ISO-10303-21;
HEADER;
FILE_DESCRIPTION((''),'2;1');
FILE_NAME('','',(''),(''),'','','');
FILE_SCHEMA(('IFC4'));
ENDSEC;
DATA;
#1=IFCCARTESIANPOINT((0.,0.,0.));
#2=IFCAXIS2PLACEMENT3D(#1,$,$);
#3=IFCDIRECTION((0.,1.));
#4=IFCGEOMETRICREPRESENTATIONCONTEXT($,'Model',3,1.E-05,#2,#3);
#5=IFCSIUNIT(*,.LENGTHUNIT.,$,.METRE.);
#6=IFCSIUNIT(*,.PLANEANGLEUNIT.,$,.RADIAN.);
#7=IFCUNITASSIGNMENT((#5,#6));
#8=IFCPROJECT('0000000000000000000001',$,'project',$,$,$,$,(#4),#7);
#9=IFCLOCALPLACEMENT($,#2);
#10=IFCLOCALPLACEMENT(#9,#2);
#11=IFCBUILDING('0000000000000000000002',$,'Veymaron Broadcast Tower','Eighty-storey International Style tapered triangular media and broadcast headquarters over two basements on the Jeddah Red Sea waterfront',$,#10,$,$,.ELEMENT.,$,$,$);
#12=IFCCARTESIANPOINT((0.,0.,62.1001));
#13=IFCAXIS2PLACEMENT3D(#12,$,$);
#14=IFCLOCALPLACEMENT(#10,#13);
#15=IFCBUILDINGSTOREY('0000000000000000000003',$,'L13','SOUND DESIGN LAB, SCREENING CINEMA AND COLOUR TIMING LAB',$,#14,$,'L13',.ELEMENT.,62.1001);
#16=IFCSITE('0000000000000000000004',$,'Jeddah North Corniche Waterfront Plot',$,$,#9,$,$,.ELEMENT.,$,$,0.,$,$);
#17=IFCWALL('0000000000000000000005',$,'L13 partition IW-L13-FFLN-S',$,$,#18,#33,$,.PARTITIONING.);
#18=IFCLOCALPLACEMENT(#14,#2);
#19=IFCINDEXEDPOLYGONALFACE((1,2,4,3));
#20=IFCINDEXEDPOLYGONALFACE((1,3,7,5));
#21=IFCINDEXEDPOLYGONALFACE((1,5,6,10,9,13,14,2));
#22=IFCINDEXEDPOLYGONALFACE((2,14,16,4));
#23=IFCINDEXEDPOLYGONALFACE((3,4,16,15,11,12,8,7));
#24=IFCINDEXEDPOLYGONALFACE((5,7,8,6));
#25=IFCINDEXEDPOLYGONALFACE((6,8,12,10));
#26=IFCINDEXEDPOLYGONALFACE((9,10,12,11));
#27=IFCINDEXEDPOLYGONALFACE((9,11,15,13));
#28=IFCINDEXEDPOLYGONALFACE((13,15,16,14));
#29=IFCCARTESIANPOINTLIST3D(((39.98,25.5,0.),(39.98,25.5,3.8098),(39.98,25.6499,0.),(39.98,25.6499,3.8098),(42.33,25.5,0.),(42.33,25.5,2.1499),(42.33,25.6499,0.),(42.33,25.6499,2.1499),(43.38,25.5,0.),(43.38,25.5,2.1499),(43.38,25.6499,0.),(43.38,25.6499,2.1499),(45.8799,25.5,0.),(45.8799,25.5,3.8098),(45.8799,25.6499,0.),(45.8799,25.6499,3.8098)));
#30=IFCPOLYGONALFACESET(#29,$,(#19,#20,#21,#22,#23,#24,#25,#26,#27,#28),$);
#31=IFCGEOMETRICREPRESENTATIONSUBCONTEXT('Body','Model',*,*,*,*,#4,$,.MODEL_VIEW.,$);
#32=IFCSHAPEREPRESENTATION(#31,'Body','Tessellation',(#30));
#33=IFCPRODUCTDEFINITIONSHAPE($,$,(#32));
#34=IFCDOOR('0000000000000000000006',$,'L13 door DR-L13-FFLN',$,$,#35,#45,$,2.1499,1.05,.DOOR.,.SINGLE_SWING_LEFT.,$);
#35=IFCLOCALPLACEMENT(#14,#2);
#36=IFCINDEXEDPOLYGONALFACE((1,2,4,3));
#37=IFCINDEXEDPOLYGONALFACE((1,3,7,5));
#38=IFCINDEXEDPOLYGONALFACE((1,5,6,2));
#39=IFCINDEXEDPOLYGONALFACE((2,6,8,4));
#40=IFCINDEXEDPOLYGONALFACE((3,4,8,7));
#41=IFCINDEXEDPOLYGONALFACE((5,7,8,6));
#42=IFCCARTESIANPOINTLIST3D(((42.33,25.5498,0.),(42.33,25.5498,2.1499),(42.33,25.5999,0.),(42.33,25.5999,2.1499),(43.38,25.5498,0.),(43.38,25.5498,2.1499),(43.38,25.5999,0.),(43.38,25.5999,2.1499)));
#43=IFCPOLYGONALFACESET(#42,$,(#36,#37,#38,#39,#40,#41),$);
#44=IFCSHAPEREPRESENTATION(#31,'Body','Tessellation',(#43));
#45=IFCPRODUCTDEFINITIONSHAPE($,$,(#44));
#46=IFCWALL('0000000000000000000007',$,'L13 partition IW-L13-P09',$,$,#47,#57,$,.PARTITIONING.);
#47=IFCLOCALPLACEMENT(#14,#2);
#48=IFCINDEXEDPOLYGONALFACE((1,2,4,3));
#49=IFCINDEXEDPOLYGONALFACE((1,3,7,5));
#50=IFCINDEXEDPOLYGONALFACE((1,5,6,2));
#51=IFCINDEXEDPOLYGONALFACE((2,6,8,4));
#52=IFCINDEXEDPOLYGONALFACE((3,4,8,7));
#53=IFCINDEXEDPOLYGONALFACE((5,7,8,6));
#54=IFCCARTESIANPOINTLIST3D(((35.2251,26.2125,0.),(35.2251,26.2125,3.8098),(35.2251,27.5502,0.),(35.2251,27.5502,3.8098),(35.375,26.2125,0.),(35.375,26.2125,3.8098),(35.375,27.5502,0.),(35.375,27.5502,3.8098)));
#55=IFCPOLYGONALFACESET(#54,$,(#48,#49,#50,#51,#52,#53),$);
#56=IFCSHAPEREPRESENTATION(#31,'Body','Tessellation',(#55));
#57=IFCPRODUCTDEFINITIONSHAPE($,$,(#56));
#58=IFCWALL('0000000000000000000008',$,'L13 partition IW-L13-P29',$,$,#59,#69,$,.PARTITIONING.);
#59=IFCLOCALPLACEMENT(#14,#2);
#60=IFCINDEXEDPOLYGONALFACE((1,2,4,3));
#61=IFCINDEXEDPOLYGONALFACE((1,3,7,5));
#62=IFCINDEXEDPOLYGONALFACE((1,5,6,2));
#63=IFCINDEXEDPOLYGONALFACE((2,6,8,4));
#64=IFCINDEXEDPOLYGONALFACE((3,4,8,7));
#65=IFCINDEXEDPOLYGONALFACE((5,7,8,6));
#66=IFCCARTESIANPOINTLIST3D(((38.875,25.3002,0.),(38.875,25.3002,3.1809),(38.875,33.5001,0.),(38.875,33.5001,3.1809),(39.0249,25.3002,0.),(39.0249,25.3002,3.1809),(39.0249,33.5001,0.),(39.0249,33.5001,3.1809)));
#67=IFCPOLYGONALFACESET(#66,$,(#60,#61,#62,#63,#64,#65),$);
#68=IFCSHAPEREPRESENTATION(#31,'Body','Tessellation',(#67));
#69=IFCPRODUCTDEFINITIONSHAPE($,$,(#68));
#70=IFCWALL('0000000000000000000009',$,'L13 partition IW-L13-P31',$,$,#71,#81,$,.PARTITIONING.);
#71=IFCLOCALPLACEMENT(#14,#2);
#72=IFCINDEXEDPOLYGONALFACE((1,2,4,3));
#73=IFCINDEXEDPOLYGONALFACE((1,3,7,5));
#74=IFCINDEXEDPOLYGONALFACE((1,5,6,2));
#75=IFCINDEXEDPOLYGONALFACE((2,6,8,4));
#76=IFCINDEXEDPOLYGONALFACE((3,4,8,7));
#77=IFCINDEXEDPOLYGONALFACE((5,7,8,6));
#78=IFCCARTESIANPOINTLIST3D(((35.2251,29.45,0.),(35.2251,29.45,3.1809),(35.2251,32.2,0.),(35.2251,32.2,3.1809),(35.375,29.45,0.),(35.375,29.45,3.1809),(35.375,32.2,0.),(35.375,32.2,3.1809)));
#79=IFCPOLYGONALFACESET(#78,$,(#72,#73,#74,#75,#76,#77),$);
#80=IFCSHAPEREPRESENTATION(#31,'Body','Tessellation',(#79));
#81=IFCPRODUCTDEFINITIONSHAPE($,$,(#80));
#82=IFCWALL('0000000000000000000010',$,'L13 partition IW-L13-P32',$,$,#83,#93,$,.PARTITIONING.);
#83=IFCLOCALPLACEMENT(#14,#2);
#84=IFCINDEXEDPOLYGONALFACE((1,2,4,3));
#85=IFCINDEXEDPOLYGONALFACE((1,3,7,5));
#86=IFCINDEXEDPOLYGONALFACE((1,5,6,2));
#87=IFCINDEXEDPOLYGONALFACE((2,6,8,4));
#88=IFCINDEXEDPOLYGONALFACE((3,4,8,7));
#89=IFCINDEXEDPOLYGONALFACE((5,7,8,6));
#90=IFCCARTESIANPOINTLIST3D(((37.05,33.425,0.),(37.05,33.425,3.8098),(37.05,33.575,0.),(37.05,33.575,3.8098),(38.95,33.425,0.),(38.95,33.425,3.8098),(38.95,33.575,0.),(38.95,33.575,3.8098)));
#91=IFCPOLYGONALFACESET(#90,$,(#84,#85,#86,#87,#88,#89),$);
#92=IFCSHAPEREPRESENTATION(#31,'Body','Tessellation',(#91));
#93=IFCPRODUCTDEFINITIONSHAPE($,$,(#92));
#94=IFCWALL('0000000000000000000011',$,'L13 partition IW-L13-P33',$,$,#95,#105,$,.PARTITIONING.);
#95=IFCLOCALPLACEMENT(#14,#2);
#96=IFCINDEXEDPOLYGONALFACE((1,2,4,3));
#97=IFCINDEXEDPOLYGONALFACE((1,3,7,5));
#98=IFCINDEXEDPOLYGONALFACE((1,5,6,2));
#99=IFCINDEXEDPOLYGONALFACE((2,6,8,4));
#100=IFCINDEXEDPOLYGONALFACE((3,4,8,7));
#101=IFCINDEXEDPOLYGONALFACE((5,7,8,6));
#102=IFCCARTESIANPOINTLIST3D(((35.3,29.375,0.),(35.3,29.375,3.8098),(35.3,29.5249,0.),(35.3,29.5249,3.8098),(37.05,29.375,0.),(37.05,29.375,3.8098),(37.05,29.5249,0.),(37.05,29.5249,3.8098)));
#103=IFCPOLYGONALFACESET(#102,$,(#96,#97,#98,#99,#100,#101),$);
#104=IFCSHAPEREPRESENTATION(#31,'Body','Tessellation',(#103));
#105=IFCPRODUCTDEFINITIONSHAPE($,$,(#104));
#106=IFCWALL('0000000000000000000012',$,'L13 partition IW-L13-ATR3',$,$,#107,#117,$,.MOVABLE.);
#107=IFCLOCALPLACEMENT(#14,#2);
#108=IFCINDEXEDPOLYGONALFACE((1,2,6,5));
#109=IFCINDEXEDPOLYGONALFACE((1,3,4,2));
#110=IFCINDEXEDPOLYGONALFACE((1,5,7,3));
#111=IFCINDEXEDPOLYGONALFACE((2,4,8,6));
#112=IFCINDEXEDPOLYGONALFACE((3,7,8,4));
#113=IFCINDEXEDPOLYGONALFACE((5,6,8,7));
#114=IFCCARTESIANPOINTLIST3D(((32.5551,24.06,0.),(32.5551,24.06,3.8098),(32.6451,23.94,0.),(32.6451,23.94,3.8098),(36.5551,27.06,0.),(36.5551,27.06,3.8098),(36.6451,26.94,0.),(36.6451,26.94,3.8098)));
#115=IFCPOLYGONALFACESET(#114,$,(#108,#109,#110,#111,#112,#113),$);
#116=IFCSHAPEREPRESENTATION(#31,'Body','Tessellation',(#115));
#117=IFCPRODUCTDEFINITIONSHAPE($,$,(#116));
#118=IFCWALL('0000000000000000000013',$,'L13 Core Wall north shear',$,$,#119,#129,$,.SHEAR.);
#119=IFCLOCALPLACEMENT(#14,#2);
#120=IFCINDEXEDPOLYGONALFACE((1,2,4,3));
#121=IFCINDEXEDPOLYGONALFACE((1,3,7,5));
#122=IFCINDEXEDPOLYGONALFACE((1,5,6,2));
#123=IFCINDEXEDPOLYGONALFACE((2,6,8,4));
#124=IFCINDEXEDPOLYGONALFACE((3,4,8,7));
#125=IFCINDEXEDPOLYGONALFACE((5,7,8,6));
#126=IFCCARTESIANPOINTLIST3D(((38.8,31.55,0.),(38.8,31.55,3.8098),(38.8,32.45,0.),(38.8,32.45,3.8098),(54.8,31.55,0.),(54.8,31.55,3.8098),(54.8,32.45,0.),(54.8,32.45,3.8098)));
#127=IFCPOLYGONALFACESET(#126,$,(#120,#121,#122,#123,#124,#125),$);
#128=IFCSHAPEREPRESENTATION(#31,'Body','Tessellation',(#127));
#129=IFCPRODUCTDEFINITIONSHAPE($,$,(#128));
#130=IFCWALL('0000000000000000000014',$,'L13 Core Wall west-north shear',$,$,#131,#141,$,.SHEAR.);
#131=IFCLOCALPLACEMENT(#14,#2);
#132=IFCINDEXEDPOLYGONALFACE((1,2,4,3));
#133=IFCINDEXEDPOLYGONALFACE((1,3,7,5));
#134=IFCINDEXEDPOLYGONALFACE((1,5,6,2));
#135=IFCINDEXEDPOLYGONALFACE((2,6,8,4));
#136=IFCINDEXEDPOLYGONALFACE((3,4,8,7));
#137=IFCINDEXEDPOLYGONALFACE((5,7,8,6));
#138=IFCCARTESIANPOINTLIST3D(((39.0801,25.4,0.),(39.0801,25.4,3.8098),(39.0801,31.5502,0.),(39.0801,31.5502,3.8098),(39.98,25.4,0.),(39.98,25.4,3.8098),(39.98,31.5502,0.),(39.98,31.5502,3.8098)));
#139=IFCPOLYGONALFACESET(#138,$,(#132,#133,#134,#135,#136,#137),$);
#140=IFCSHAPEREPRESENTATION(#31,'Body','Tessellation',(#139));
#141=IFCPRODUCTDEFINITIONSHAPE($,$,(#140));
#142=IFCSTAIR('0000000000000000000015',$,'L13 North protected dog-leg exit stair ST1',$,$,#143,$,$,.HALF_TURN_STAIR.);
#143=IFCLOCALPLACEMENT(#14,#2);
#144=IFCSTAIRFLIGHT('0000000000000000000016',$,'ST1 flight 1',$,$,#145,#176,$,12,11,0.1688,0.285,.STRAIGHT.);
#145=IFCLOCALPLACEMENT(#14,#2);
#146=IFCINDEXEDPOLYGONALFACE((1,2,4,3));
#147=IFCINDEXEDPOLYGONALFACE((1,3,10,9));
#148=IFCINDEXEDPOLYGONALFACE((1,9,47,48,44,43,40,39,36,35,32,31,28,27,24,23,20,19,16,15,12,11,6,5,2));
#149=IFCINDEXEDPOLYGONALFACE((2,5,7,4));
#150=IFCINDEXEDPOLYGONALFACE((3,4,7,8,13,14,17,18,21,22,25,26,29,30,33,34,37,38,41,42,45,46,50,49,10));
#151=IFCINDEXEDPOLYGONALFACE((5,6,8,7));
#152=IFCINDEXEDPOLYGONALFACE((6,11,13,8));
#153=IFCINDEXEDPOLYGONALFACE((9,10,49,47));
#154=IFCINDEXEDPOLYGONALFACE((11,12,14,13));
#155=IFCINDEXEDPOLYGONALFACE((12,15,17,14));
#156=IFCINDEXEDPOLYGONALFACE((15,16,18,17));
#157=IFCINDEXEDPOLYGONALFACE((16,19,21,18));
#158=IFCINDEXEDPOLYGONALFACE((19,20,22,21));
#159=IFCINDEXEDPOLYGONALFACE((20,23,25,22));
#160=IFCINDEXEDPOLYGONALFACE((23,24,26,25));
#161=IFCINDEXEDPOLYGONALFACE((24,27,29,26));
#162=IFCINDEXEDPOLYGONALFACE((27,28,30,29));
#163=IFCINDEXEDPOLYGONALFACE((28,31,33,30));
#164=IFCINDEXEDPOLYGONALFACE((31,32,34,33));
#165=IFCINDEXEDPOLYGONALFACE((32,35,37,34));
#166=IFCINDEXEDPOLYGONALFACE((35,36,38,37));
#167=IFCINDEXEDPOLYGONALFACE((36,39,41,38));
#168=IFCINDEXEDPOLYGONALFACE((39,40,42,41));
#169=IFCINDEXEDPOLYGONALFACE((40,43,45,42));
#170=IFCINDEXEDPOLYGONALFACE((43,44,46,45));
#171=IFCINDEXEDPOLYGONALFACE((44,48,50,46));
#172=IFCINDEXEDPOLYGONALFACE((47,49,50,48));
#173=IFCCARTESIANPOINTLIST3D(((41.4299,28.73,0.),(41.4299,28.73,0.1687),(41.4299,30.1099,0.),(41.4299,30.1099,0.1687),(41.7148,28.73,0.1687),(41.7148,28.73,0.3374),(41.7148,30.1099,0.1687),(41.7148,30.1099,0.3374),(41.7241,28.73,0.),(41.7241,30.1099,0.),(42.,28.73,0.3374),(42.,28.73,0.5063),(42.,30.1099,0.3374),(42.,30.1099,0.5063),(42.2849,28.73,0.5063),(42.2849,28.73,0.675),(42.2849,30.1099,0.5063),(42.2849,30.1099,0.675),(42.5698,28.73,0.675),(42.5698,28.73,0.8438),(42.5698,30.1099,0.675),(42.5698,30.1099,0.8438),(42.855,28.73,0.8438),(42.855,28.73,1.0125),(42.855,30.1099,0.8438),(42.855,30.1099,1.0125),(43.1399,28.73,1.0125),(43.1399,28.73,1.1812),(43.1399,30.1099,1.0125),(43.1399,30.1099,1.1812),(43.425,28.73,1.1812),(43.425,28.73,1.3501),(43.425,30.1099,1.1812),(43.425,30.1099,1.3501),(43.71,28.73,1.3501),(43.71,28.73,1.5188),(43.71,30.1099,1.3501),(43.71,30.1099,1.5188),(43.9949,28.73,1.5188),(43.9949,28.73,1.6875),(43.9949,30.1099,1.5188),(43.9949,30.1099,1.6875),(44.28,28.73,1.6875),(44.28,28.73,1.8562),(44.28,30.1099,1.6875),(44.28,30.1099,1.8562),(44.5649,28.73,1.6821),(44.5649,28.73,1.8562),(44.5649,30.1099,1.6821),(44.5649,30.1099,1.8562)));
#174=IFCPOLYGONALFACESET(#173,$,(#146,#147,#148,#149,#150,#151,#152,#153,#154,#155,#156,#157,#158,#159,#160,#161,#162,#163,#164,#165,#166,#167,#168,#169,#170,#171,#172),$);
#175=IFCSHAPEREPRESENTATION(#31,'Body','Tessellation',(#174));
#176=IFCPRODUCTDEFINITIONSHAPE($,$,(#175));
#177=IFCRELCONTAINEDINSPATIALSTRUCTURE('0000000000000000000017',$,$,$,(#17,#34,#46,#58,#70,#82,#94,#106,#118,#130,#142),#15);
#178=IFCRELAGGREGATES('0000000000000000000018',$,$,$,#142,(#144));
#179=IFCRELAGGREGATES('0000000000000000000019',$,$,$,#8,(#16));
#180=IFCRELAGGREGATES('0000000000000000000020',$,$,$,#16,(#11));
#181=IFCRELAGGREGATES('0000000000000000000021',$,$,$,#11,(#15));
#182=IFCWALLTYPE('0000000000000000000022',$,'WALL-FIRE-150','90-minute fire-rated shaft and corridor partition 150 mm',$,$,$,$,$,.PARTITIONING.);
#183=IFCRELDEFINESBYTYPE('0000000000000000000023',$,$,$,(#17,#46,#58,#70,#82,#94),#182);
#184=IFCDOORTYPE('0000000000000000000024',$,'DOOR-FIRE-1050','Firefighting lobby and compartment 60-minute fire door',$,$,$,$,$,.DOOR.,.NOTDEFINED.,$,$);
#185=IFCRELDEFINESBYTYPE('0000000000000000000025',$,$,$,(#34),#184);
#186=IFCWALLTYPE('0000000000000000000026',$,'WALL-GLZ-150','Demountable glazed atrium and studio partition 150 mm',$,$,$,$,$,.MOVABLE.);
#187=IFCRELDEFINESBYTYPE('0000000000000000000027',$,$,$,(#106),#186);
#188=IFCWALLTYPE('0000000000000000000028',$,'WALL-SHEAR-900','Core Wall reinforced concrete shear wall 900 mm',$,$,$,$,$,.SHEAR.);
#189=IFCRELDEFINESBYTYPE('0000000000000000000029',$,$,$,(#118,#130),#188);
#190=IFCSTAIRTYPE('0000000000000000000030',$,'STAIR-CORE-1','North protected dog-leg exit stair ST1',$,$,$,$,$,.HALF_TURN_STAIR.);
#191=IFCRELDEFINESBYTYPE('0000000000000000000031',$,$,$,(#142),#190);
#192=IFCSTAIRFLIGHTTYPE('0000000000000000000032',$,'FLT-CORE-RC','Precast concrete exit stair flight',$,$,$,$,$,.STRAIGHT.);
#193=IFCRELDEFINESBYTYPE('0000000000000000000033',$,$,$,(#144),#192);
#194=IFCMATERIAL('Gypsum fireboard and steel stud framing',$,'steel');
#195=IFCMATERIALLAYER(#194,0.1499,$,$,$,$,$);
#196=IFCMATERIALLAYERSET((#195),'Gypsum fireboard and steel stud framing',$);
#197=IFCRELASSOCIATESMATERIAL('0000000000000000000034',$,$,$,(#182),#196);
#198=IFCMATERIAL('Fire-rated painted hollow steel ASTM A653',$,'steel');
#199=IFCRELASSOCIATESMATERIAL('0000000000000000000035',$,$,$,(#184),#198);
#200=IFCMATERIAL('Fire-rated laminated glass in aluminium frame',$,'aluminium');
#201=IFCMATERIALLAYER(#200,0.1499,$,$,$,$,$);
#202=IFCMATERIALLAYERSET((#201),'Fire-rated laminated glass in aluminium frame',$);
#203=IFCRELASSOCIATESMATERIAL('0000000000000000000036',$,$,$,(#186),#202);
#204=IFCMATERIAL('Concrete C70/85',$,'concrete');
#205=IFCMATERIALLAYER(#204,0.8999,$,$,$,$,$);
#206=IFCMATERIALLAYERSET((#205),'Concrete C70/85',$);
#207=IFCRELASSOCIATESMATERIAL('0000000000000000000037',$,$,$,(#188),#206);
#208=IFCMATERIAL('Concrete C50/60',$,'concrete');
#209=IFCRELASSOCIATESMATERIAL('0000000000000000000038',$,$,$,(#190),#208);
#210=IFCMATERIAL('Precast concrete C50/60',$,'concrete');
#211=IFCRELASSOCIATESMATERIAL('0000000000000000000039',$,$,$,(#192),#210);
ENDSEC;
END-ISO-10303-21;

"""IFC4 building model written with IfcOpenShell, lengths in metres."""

from ifc_helpers import new_model, si_unit, direction, frame, frame_2d, origin, place, context, subcontext, project, spatial, polyline, rectangle, outline, extrude, material, layer, layer_set, type_object, element, fill, aggregate, save


model = new_model("IFC4")

# Units and contexts
model_context = context("Model", 3, precision=1e-05, world=origin(), true_north=direction((0.0, 1.0)))
body_context = subcontext(model_context, "Body", "Model", "MODEL_VIEW")
ifc_project = project(units=[si_unit("LENGTHUNIT", "METRE"), si_unit("PLANEANGLEUNIT", "RADIAN")], contexts=[model_context])

# Site, building, storey
site_placement = place(None, origin())
site = spatial("IfcSite", under=ifc_project, at=site_placement, Name="Jeddah North Corniche Waterfront Plot", CompositionType="ELEMENT", RefElevation=0.0)
building_placement = place(site_placement, origin())
building = spatial("IfcBuilding", under=site, at=building_placement, Name="Veymaron Broadcast Tower", Description="Eighty-storey International Style tapered triangular media and broadcast headquarters over two basements on the Jeddah Red Sea waterfront", CompositionType="ELEMENT")
storey_placement = place(building_placement, frame((0.0, 0.0, 62.1001)))
storey = spatial("IfcBuildingStorey", under=building, at=storey_placement, Name="L13", Description="SOUND DESIGN LAB, SCREENING CINEMA AND COLOUR TIMING LAB", LongName="L13", CompositionType="ELEMENT", Elevation=62.1001)

# Wall, opening, door
ifc_material_1 = material(Name="Gypsum fireboard and steel stud framing", Category="steel")
ifc_layer_1 = layer(ifc_material_1, 0.1499)
ifc_layer_set_1 = layer_set([ifc_layer_1], Name="Gypsum fireboard and steel stud framing")
wall_type_1 = type_object("IfcWallType", Name="WALL-FIRE-150", Description="90-minute fire-rated shaft and corridor partition 150 mm", PredefinedType="PARTITIONING", material=ifc_layer_set_1)
wall_1_placement = place(storey_placement, frame((39.98, 25.575, 0.0), z_axis=(0.0, 0.0, 1.0), x_axis=(1.0, 0.0, 0.0)))
wall_1 = element("IfcWall", 1, at=wall_1_placement, inside=storey, type_object=wall_type_1, Name="L13 partition IW-L13-FFLN-S", PredefinedType="PARTITIONING", context=body_context, shape_type="SweptSolid", body=[
    extrude(rectangle(XDim=5.8999, YDim=0.1499, at=frame_2d((2.95, 0.0))), origin(), (0.0, 0.0, 1.0), 3.8098),
])
opening_1_placement = place(wall_1_placement, frame((2.3501, 0.0, 0.0)))
opening_1 = element("IfcOpeningElement", 2, at=opening_1_placement, cuts=wall_1, PredefinedType="OPENING", context=body_context, shape_type="SweptSolid", body=[
    extrude(rectangle(XDim=1.05, YDim=2.1499, at=frame_2d((0.5249, 1.075))), frame((0.0, 0.085, 0.0), z_axis=(0.0, -1.0, 0.0), x_axis=(1.0, 0.0, 0.0)), (0.0, 0.0, 1.0), 0.1699),
])
ifc_material_2 = material(Name="Fire-rated painted hollow steel ASTM A653", Category="steel")
door_type_1 = type_object("IfcDoorType", Name="DOOR-FIRE-1050", Description="Firefighting lobby and compartment 60-minute fire door", OperationType="NOTDEFINED", PredefinedType="DOOR", material=ifc_material_2)
door_1_placement = place(opening_1_placement, origin())
door_1 = element("IfcDoor", 3, at=door_1_placement, inside=storey, type_object=door_type_1, Name="L13 door DR-L13-FFLN", OperationType="SINGLE_SWING_LEFT", OverallHeight=2.1499, OverallWidth=1.05, PredefinedType="DOOR", context=body_context, shape_type="SweptSolid", body=[
    extrude(rectangle(XDim=1.05, YDim=2.1499, at=frame_2d((0.5249, 1.075))), frame((0.0, 0.0249, 0.0), z_axis=(0.0, -1.0, 0.0), x_axis=(1.0, 0.0, 0.0)), (0.0, 0.0, 1.0), 0.05),
])
fill(opening_1, door_1)

# Walls
wall_2_placement = place(storey_placement, frame((35.3, 26.2124, 0.0), z_axis=(0.0, 0.0, 1.0), x_axis=(0.0, 1.0, 0.0)))
element("IfcWall", 4, at=wall_2_placement, inside=storey, type_object=wall_type_1, Name="L13 partition IW-L13-P09", PredefinedType="PARTITIONING", context=body_context, shape_type="SweptSolid", body=[
    extrude(rectangle(XDim=1.3376, YDim=0.1499, at=frame_2d((0.6689, 0.0))), origin(), (0.0, 0.0, 1.0), 3.8098),
])
wall_3_placement = place(storey_placement, frame((38.95, 25.3, 0.0), z_axis=(0.0, 0.0, 1.0), x_axis=(0.0, 1.0, 0.0)))
element("IfcWall", 5, at=wall_3_placement, inside=storey, type_object=wall_type_1, Name="L13 partition IW-L13-P29", PredefinedType="PARTITIONING", context=body_context, shape_type="SweptSolid", body=[
    extrude(rectangle(XDim=8.2, YDim=0.1499, at=frame_2d((4.1001, 0.0))), origin(), (0.0, 0.0, 1.0), 3.1809),
])
wall_4_placement = place(storey_placement, frame((35.3, 29.45, 0.0), z_axis=(0.0, 0.0, 1.0), x_axis=(0.0, 1.0, 0.0)))
element("IfcWall", 6, at=wall_4_placement, inside=storey, type_object=wall_type_1, Name="L13 partition IW-L13-P31", PredefinedType="PARTITIONING", context=body_context, shape_type="SweptSolid", body=[
    extrude(rectangle(XDim=2.75, YDim=0.1499, at=frame_2d((1.375, 0.0))), origin(), (0.0, 0.0, 1.0), 3.1809),
])
wall_5_placement = place(storey_placement, frame((37.05, 33.5, 0.0), z_axis=(0.0, 0.0, 1.0), x_axis=(1.0, 0.0, 0.0)))
element("IfcWall", 7, at=wall_5_placement, inside=storey, type_object=wall_type_1, Name="L13 partition IW-L13-P32", PredefinedType="PARTITIONING", context=body_context, shape_type="SweptSolid", body=[
    extrude(rectangle(XDim=1.8999, YDim=0.1499, at=frame_2d((0.95, 0.0))), origin(), (0.0, 0.0, 1.0), 3.8098),
])
wall_6_placement = place(storey_placement, frame((35.3, 29.45, 0.0), z_axis=(0.0, 0.0, 1.0), x_axis=(1.0, 0.0, 0.0)))
element("IfcWall", 8, at=wall_6_placement, inside=storey, type_object=wall_type_1, Name="L13 partition IW-L13-P33", PredefinedType="PARTITIONING", context=body_context, shape_type="SweptSolid", body=[
    extrude(rectangle(XDim=1.75, YDim=0.1499, at=frame_2d((0.875, 0.0))), origin(), (0.0, 0.0, 1.0), 3.8098),
])
ifc_material_3 = material(Name="Fire-rated laminated glass in aluminium frame", Category="aluminium")
ifc_layer_2 = layer(ifc_material_3, 0.1499)
ifc_layer_set_2 = layer_set([ifc_layer_2], Name="Fire-rated laminated glass in aluminium frame")
wall_type_2 = type_object("IfcWallType", Name="WALL-GLZ-150", Description="Demountable glazed atrium and studio partition 150 mm", PredefinedType="MOVABLE", material=ifc_layer_set_2)
wall_7_placement = place(storey_placement, frame((36.6001, 27.0, 0.0), z_axis=(0.0, 0.0, 1.0), x_axis=(-0.8, -0.6, 0.0)))
element("IfcWall", 9, at=wall_7_placement, inside=storey, type_object=wall_type_2, Name="L13 partition IW-L13-ATR3", PredefinedType="MOVABLE", context=body_context, shape_type="SweptSolid", body=[
    extrude(rectangle(XDim=5.0, YDim=0.1499, at=frame_2d((2.5, 0.0))), origin(), (0.0, 0.0, 1.0), 3.8098),
])

# Shared definitions
ifc_material_4 = material(Name="Concrete C50/60", Category="concrete")

# Walls
ifc_material_5 = material(Name="Concrete C70/85", Category="concrete")
ifc_layer_3 = layer(ifc_material_5, 0.8999)
ifc_layer_set_3 = layer_set([ifc_layer_3], Name="Concrete C70/85")
wall_type_3 = type_object("IfcWallType", Name="WALL-SHEAR-900", Description="Core Wall reinforced concrete shear wall 900 mm", PredefinedType="SHEAR", material=ifc_layer_set_3)
wall_8_placement = place(storey_placement, frame((38.8, 32.0, 0.0), z_axis=(0.0, 0.0, 1.0), x_axis=(1.0, 0.0, 0.0)))
element("IfcWall", 10, at=wall_8_placement, inside=storey, type_object=wall_type_3, Name="L13 Core Wall north shear", PredefinedType="SHEAR", context=body_context, shape_type="SweptSolid", body=[
    extrude(rectangle(XDim=16.0, YDim=0.8999, at=frame_2d((8.0, 0.0))), origin(), (0.0, 0.0, 1.0), 3.8098),
])
wall_9_placement = place(storey_placement, frame((39.53, 25.3999, 0.0), z_axis=(0.0, 0.0, 1.0), x_axis=(0.0, 1.0, 0.0)))
element("IfcWall", 11, at=wall_9_placement, inside=storey, type_object=wall_type_3, Name="L13 Core Wall west-north shear", PredefinedType="SHEAR", context=body_context, shape_type="SweptSolid", body=[
    extrude(rectangle(XDim=6.1501, YDim=0.8999, at=frame_2d((3.0752, 0.0))), origin(), (0.0, 0.0, 1.0), 3.8098),
])

# Stair, stair flight
stair_type = type_object("IfcStairType", Name="STAIR-CORE-1", Description="North protected dog-leg exit stair ST1", PredefinedType="HALF_TURN_STAIR", material=ifc_material_4)
stair_placement = place(storey_placement, origin())
stair = element("IfcStair", 12, at=stair_placement, inside=storey, type_object=stair_type, Name="L13 North protected dog-leg exit stair ST1", PredefinedType="HALF_TURN_STAIR")
ifc_material_6 = material(Name="Precast concrete C50/60", Category="concrete")
stair_flight_type = type_object("IfcStairFlightType", Name="FLT-CORE-RC", Description="Precast concrete exit stair flight", PredefinedType="STRAIGHT", material=ifc_material_6)
stair_flight_1_placement = place(storey_placement, frame((41.4299, 29.4199, 0.0), z_axis=(0.0, 0.0, 1.0), x_axis=(1.0, 0.0, 0.0)))
stair_flight_1 = element("IfcStairFlight", 13, at=stair_flight_1_placement, type_object=stair_flight_type, Name="ST1 flight 1", NumberOfRisers=12, NumberOfTreads=11, PredefinedType="STRAIGHT", RiserHeight=0.1688, TreadLength=0.285, context=body_context, shape_type="SweptSolid", body=[
    extrude(outline(polyline([(0.0, 0.0), (0.0, 0.1687), (0.2849, 0.1687), (0.2849, 0.3374), (0.5701, 0.3374), (0.5701, 0.5063), (0.855, 0.5063), (0.855, 0.675), (1.1399, 0.675), (1.1399, 0.8438), (1.425, 0.8438), (1.425, 1.0125), (1.71, 1.0125), (1.71, 1.1812), (1.9951, 1.1812), (1.9951, 1.3501), (2.28, 1.3501), (2.28, 1.5188), (2.5649, 1.5188), (2.5649, 1.6875), (2.8501, 1.6875), (2.8501, 1.8562), (3.135, 1.8562), (3.135, 2.0249), (3.135, 1.6821), (0.2942, 0.0), (0.0, 0.0)])), frame((0.0, 0.6899, 0.0), z_axis=(0.0, -1.0, 0.0), x_axis=(1.0, 0.0, 0.0)), (0.0, 0.0, 1.0), 1.3799),
])
aggregate(stair, [stair_flight_1])

save(model, "model.ifc")
